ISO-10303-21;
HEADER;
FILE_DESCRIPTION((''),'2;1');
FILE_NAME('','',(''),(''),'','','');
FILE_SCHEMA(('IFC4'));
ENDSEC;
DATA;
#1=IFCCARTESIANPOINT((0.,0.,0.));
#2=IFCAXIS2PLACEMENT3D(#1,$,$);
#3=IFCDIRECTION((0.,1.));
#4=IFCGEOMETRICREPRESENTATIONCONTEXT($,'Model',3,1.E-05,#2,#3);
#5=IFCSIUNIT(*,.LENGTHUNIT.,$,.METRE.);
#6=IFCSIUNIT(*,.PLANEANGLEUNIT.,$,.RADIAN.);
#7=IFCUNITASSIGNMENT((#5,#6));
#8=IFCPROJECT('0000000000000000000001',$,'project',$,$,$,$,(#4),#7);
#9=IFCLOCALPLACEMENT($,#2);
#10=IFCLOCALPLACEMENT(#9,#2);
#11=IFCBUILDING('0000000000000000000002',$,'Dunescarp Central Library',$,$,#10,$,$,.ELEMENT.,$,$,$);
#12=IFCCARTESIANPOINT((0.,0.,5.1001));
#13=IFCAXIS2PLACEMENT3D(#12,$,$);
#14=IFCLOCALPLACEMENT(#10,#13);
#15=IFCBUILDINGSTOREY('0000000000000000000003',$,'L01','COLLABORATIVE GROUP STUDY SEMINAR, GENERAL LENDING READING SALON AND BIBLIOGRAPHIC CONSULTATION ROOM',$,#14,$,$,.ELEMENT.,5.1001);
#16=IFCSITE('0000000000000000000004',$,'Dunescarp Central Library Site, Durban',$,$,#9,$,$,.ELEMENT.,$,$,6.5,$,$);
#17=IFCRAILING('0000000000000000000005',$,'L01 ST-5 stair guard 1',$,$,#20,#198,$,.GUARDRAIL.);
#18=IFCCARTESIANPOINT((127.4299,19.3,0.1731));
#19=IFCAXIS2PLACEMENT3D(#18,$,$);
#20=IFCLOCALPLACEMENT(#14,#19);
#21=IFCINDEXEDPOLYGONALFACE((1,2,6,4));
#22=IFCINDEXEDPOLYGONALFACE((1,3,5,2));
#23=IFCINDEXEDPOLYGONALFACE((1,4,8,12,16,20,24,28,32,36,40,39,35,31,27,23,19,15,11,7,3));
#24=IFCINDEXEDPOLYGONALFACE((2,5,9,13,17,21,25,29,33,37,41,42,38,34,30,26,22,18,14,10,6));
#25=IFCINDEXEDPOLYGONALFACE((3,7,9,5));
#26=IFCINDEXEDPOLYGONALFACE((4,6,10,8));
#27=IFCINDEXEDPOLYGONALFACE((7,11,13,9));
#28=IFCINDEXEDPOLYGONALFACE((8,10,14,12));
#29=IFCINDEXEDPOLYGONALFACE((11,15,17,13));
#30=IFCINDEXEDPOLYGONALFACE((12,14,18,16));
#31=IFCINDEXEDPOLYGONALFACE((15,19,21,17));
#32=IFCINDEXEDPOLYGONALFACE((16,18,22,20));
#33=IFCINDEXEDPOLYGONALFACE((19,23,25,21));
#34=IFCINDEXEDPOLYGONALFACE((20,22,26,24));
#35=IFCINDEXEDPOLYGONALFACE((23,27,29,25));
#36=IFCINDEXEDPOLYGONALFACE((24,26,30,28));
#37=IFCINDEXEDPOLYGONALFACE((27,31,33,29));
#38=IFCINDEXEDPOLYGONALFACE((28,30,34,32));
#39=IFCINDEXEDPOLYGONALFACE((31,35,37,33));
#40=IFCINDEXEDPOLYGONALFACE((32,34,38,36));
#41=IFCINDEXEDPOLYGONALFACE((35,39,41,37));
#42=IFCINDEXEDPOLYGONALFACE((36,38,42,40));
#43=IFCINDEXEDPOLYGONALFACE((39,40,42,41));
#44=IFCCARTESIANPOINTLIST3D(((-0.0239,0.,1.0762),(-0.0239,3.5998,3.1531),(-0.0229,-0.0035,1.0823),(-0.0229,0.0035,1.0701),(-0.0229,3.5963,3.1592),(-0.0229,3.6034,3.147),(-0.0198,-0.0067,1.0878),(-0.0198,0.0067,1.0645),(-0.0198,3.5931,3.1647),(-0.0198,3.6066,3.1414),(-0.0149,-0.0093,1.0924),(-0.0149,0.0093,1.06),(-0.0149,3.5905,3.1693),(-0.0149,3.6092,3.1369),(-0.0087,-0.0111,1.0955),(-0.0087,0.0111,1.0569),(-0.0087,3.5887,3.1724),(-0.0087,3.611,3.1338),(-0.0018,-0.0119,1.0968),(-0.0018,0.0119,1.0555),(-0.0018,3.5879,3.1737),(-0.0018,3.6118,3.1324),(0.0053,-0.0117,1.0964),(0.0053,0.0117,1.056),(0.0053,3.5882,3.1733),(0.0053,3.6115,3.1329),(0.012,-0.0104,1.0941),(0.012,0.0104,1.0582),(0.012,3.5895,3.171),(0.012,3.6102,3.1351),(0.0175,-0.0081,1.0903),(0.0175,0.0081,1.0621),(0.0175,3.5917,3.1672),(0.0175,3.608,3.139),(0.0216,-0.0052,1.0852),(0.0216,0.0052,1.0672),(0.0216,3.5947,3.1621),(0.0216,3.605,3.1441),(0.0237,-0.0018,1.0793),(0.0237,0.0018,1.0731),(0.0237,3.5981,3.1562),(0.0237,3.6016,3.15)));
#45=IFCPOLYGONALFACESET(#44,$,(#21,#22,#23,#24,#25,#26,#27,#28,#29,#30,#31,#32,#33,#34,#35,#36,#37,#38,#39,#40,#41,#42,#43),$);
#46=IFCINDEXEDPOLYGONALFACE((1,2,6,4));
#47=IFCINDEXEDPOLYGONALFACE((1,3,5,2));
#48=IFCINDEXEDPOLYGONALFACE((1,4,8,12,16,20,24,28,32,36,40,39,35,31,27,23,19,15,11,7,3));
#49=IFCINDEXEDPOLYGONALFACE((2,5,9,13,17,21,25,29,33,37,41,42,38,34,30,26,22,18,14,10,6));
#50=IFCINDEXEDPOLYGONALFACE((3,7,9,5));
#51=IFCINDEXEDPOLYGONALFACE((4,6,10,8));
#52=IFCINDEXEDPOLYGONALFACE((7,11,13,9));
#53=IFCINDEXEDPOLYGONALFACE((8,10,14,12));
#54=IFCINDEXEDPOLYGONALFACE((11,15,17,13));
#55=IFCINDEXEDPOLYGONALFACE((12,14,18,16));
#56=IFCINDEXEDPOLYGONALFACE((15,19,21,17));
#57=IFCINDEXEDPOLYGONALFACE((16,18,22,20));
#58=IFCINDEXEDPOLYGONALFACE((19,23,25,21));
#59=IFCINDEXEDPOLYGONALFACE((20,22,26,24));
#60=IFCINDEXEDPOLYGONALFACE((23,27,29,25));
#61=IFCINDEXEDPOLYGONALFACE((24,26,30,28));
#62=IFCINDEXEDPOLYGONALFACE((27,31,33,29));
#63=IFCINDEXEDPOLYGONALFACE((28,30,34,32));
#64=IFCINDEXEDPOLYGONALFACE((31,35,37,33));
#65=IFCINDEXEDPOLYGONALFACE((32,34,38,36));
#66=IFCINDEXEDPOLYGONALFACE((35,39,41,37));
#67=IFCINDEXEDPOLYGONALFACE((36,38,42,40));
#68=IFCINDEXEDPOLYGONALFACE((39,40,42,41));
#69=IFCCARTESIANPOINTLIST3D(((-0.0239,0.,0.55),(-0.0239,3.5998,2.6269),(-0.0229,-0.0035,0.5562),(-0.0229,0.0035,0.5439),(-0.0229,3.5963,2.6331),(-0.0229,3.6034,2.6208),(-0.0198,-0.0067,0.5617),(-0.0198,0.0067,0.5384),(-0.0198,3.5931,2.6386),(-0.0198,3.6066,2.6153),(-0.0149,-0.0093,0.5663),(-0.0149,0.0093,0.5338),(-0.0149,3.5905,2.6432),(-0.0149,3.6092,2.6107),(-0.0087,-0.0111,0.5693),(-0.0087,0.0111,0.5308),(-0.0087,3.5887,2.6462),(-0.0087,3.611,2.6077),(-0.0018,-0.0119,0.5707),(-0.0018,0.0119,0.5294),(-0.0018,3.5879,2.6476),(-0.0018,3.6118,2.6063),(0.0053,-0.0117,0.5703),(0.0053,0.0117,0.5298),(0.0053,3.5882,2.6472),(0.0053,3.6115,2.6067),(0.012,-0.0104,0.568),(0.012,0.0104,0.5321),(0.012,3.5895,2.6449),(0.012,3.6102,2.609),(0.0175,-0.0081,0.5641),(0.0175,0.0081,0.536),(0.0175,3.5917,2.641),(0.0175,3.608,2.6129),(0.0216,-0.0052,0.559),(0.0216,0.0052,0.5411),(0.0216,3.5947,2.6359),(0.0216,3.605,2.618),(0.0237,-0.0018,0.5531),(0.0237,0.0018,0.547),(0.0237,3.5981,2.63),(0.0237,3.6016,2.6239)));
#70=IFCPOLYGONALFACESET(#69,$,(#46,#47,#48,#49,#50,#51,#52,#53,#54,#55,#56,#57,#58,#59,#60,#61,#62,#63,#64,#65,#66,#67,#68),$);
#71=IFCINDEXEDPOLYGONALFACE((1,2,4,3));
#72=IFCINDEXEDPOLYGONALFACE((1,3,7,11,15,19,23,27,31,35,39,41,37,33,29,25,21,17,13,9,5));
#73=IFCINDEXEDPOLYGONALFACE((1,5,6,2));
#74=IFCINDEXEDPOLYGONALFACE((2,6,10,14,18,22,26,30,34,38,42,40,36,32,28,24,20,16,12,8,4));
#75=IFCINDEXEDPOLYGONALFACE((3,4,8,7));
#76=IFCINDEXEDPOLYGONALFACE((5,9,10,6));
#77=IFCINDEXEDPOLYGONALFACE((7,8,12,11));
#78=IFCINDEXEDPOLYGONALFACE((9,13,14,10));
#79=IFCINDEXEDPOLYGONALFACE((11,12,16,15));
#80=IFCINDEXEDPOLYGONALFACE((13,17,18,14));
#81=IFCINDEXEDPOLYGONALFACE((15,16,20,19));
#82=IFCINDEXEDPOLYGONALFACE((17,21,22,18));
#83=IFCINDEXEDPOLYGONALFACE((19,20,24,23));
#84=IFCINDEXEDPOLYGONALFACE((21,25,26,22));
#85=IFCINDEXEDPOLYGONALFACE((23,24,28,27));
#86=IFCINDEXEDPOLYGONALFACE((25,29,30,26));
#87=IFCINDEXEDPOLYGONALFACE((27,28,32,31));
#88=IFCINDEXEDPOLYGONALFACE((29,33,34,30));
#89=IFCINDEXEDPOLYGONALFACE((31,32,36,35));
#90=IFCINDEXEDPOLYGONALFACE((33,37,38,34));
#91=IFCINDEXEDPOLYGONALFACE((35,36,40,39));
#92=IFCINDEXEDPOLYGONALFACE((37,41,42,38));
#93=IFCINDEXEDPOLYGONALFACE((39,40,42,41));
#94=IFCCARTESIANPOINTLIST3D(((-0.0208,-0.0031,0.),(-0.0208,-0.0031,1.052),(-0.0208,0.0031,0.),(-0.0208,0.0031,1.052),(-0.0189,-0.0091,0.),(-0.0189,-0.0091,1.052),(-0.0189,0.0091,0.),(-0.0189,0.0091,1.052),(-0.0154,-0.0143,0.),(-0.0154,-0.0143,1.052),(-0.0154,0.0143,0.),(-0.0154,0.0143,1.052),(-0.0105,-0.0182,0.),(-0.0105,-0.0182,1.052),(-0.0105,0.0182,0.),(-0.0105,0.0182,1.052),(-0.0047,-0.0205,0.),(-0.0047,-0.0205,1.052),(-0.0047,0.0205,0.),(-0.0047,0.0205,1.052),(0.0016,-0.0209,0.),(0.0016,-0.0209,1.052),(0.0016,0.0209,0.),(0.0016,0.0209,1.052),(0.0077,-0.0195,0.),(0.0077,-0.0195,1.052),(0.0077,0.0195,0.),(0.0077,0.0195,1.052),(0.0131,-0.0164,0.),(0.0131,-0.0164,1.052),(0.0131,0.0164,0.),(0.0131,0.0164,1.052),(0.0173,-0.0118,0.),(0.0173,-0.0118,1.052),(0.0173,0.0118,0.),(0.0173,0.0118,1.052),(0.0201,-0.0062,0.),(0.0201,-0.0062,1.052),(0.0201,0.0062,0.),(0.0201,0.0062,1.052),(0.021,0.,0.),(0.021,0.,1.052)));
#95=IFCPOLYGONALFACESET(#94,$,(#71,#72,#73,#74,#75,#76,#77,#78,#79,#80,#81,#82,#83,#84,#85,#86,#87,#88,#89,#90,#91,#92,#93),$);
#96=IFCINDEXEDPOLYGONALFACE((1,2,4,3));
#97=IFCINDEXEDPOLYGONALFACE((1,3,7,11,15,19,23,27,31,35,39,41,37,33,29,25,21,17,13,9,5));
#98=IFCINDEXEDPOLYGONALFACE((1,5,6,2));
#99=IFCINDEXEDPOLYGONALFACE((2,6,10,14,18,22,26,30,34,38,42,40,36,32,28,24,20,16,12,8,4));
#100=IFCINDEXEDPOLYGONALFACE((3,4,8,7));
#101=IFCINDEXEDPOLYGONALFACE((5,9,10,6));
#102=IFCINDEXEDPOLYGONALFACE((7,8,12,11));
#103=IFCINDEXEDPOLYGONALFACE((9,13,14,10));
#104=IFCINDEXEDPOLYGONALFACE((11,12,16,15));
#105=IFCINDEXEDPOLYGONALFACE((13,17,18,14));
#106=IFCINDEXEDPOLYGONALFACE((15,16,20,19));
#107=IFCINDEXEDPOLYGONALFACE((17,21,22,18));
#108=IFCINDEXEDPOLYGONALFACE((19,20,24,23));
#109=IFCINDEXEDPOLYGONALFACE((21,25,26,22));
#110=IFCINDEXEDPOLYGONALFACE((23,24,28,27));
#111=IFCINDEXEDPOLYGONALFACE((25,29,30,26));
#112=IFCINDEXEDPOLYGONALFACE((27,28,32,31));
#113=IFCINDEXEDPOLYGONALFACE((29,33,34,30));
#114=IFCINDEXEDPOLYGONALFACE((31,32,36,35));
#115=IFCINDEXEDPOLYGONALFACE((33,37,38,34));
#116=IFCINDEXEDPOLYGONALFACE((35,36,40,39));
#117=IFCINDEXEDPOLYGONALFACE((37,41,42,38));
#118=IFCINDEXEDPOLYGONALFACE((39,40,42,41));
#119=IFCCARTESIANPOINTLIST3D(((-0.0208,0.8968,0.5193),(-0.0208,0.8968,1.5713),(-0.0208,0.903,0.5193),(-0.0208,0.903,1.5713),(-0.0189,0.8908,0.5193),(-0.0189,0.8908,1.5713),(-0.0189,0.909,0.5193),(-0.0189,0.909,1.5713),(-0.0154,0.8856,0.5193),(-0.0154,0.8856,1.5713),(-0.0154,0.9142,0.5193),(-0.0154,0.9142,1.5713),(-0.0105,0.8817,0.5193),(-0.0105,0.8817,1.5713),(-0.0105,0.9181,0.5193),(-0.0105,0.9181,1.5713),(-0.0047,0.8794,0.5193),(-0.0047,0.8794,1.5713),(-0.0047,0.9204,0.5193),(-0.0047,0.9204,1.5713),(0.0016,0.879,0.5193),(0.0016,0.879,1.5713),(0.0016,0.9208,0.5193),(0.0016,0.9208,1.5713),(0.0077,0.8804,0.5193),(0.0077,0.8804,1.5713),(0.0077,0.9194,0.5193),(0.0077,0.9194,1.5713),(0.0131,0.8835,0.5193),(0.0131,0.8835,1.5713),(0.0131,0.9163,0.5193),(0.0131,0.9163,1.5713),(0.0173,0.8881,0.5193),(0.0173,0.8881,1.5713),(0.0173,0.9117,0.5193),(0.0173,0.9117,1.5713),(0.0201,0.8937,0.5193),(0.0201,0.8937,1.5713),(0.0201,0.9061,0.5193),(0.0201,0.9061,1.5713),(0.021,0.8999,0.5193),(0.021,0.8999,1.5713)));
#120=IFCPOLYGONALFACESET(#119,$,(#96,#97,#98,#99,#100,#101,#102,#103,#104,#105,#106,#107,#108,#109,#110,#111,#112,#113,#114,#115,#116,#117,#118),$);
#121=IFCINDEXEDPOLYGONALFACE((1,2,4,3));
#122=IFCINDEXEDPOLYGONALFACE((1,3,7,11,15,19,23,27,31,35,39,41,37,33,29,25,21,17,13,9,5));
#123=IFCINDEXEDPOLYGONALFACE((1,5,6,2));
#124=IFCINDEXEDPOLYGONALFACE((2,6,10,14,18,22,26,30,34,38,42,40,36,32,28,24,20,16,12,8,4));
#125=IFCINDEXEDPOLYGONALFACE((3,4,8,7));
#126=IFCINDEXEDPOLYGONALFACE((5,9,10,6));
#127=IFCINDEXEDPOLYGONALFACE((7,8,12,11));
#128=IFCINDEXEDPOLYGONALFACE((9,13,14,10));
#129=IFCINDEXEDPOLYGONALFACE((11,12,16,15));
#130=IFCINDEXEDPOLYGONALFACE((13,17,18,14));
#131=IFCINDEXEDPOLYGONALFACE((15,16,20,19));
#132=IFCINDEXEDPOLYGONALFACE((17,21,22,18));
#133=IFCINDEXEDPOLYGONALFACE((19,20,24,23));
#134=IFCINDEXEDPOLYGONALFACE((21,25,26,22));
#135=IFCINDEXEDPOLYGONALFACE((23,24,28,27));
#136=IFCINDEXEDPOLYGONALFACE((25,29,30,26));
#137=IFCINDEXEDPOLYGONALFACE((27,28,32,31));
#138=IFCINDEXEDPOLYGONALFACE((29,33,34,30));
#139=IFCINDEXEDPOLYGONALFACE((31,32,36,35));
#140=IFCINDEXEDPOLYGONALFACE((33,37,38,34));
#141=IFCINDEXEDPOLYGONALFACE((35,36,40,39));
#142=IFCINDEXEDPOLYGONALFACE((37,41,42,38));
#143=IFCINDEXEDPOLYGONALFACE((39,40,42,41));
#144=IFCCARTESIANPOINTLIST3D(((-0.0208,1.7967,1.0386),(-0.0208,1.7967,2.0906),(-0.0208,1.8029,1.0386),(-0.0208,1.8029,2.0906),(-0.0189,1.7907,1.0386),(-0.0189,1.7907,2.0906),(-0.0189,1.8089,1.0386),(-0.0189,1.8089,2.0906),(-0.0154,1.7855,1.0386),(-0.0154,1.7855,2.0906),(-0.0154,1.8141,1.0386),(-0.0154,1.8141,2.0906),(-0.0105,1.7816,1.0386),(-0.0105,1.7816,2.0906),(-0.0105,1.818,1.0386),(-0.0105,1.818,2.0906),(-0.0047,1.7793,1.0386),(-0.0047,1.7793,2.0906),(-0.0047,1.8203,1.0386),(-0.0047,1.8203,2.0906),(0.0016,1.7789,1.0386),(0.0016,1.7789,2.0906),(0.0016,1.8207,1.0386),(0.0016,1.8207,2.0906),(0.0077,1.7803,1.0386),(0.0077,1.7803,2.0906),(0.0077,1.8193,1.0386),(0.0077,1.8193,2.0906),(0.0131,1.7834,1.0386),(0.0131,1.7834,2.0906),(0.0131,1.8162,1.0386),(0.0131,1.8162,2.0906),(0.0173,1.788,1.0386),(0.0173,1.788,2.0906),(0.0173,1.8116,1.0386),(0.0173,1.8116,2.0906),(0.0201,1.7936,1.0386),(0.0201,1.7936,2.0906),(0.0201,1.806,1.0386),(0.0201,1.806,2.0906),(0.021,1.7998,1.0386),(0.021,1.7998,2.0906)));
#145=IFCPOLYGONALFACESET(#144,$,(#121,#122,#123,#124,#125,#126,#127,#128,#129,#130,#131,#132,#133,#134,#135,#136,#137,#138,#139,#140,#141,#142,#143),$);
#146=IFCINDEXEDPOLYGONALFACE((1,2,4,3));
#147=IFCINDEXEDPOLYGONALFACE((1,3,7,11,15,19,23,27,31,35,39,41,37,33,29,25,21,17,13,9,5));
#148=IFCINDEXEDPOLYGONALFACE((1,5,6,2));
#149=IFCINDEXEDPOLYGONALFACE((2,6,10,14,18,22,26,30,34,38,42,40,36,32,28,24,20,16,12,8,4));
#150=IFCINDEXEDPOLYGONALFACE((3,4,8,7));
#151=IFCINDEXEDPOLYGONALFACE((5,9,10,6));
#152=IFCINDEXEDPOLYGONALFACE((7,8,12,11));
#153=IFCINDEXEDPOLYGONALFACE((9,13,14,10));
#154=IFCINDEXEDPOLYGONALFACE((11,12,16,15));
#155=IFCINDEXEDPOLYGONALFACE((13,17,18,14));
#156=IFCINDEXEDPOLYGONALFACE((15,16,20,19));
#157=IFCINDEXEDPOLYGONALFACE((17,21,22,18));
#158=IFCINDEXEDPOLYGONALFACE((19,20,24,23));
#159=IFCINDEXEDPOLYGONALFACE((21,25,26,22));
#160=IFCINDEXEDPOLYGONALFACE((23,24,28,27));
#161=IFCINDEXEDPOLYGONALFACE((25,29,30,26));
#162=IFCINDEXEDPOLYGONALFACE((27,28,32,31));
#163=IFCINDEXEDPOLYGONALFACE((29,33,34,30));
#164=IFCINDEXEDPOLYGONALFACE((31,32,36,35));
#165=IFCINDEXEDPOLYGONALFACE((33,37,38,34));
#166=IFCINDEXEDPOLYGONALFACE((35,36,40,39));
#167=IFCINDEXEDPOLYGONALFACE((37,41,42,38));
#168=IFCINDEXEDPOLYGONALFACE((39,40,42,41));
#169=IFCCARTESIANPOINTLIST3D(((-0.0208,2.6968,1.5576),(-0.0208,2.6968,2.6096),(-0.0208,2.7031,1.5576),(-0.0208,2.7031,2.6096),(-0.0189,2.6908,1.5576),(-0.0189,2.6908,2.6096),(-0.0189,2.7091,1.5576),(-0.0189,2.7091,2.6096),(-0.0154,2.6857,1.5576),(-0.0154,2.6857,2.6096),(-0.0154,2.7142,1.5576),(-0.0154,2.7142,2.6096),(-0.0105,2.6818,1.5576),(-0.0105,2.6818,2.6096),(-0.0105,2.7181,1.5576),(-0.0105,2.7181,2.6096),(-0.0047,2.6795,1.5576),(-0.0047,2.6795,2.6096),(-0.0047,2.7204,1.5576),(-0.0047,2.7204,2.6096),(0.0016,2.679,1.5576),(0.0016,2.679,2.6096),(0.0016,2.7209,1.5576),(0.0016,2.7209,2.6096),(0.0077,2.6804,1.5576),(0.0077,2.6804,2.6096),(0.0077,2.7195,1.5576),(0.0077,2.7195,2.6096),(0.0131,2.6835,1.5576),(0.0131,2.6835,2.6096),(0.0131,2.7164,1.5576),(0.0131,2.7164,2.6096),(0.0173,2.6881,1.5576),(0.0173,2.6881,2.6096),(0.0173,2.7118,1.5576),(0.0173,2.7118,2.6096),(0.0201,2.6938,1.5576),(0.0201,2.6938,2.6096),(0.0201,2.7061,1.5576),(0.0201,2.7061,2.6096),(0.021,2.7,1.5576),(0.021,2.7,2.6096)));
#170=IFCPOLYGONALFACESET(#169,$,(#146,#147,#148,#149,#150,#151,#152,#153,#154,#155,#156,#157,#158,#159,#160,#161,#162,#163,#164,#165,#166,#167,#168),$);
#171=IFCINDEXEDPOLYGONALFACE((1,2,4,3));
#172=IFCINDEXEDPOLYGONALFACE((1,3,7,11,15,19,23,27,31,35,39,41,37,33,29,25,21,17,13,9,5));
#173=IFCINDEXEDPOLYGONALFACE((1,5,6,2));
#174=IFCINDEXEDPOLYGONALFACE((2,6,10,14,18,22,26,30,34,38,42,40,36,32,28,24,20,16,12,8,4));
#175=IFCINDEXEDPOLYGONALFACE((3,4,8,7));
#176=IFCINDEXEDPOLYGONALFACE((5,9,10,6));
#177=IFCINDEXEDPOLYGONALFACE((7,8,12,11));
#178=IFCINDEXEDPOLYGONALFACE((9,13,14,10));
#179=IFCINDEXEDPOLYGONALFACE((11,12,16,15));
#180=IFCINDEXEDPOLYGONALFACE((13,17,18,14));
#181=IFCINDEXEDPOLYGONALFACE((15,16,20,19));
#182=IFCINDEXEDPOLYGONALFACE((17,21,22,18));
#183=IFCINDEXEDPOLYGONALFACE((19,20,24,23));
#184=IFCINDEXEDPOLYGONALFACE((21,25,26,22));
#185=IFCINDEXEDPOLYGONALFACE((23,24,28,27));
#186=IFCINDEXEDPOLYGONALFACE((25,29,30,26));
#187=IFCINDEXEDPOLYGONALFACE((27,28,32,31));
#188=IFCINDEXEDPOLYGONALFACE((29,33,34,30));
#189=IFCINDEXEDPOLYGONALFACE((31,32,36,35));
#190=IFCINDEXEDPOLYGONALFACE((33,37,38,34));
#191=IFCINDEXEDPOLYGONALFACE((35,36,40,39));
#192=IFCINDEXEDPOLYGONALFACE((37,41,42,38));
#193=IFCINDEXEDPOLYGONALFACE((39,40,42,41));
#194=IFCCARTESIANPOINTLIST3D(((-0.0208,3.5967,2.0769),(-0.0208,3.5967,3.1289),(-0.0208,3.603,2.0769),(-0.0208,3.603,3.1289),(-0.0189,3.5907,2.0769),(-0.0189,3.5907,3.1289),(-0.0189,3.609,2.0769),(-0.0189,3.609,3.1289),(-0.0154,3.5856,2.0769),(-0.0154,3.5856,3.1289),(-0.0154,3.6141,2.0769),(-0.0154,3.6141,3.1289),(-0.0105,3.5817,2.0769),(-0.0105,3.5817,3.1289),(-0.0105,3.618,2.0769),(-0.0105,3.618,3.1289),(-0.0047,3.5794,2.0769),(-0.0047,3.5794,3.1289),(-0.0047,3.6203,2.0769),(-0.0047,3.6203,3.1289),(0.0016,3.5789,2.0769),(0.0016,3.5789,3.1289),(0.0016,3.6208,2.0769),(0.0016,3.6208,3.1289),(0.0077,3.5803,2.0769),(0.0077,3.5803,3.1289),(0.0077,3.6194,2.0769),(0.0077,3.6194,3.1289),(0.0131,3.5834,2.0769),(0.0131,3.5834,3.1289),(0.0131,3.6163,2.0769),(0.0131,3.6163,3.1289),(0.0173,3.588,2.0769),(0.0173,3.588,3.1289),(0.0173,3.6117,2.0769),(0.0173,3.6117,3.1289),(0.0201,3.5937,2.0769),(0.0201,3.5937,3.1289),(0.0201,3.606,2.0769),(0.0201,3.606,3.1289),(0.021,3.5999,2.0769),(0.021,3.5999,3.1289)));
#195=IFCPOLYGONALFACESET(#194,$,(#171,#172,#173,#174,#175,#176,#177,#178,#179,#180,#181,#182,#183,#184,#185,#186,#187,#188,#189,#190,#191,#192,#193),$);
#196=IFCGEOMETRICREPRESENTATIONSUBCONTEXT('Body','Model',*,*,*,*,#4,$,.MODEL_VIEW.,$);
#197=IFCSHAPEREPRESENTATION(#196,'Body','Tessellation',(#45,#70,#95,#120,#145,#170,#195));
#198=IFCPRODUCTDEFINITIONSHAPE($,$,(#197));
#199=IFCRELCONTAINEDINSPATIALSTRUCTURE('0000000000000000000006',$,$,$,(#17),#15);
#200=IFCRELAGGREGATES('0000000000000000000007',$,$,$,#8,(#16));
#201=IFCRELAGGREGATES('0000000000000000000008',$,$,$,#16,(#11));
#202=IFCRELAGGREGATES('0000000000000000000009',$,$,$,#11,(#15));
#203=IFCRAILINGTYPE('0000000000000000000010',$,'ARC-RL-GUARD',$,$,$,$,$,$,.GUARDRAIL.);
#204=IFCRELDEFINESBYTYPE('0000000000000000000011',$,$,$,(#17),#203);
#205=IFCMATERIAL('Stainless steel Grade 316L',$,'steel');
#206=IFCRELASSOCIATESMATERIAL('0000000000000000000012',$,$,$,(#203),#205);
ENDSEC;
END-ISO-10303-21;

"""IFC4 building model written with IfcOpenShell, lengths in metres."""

from ifc_helpers import new_model, si_unit, direction, frame, origin, origin_2d, place, context, subcontext, project, spatial, circle, extrude, material, type_object, element, save


model = new_model("IFC4")

# Units and contexts
model_context = context("Model", 3, precision=1e-05, world=origin(), true_north=direction((0.0, 1.0)))
body_context = subcontext(model_context, "Body", "Model", "MODEL_VIEW")
ifc_project = project(units=[si_unit("LENGTHUNIT", "METRE"), si_unit("PLANEANGLEUNIT", "RADIAN")], contexts=[model_context])

# Site, building, storey
site_placement = place(None, origin())
site = spatial("IfcSite", under=ifc_project, at=site_placement, Name="Dunescarp Central Library Site, Durban", CompositionType="ELEMENT", RefElevation=6.5)
building_placement = place(site_placement, origin())
building = spatial("IfcBuilding", under=site, at=building_placement, Name="Dunescarp Central Library", CompositionType="ELEMENT")
storey_placement = place(building_placement, frame((0.0, 0.0, 5.1001)))
storey = spatial("IfcBuildingStorey", under=building, at=storey_placement, Name="L01", Description="COLLABORATIVE GROUP STUDY SEMINAR, GENERAL LENDING READING SALON AND BIBLIOGRAPHIC CONSULTATION ROOM", CompositionType="ELEMENT", Elevation=5.1001)

# Railing
ifc_material_1 = material(Name="Stainless steel Grade 316L", Category="steel")
railing_type_1 = type_object("IfcRailingType", Name="ARC-RL-GUARD", PredefinedType="GUARDRAIL", material=ifc_material_1)
railing_1_placement = place(storey_placement, frame((127.4299, 19.3, 0.1731)))
element("IfcRailing", 1, at=railing_1_placement, inside=storey, type_object=railing_type_1, Name="L01 ST-5 stair guard 1", PredefinedType="GUARDRAIL", context=body_context, shape_type="SweptSolid", body=[
    extrude(circle(Radius=0.0239, at=origin_2d()), frame((0.0, 0.0, 1.0762), z_axis=(0.0, 0.866179, 0.499734), x_axis=(-1.0, 0.0, 0.0)), (0.0, 0.0, 1.0), 4.156),
    extrude(circle(Radius=0.0239, at=origin_2d()), frame((0.0, 0.0, 0.55), z_axis=(0.0, 0.866179, 0.499734), x_axis=(-1.0, 0.0, 0.0)), (0.0, 0.0, 1.0), 4.156),
    extrude(circle(Radius=0.021, at=origin_2d()), origin(), (0.0, 0.0, 1.0), 1.052),
    extrude(circle(Radius=0.021, at=origin_2d()), frame((0.0, 0.8999, 0.5193)), (0.0, 0.0, 1.0), 1.052),
    extrude(circle(Radius=0.021, at=origin_2d()), frame((0.0, 1.7998, 1.0386)), (0.0, 0.0, 1.0), 1.052),
    extrude(circle(Radius=0.021, at=origin_2d()), frame((0.0, 2.7, 1.5576)), (0.0, 0.0, 1.0), 1.052),
    extrude(circle(Radius=0.021, at=origin_2d()), frame((0.0, 3.5999, 2.0769)), (0.0, 0.0, 1.0), 1.052),
])

save(model, "model.ifc")
